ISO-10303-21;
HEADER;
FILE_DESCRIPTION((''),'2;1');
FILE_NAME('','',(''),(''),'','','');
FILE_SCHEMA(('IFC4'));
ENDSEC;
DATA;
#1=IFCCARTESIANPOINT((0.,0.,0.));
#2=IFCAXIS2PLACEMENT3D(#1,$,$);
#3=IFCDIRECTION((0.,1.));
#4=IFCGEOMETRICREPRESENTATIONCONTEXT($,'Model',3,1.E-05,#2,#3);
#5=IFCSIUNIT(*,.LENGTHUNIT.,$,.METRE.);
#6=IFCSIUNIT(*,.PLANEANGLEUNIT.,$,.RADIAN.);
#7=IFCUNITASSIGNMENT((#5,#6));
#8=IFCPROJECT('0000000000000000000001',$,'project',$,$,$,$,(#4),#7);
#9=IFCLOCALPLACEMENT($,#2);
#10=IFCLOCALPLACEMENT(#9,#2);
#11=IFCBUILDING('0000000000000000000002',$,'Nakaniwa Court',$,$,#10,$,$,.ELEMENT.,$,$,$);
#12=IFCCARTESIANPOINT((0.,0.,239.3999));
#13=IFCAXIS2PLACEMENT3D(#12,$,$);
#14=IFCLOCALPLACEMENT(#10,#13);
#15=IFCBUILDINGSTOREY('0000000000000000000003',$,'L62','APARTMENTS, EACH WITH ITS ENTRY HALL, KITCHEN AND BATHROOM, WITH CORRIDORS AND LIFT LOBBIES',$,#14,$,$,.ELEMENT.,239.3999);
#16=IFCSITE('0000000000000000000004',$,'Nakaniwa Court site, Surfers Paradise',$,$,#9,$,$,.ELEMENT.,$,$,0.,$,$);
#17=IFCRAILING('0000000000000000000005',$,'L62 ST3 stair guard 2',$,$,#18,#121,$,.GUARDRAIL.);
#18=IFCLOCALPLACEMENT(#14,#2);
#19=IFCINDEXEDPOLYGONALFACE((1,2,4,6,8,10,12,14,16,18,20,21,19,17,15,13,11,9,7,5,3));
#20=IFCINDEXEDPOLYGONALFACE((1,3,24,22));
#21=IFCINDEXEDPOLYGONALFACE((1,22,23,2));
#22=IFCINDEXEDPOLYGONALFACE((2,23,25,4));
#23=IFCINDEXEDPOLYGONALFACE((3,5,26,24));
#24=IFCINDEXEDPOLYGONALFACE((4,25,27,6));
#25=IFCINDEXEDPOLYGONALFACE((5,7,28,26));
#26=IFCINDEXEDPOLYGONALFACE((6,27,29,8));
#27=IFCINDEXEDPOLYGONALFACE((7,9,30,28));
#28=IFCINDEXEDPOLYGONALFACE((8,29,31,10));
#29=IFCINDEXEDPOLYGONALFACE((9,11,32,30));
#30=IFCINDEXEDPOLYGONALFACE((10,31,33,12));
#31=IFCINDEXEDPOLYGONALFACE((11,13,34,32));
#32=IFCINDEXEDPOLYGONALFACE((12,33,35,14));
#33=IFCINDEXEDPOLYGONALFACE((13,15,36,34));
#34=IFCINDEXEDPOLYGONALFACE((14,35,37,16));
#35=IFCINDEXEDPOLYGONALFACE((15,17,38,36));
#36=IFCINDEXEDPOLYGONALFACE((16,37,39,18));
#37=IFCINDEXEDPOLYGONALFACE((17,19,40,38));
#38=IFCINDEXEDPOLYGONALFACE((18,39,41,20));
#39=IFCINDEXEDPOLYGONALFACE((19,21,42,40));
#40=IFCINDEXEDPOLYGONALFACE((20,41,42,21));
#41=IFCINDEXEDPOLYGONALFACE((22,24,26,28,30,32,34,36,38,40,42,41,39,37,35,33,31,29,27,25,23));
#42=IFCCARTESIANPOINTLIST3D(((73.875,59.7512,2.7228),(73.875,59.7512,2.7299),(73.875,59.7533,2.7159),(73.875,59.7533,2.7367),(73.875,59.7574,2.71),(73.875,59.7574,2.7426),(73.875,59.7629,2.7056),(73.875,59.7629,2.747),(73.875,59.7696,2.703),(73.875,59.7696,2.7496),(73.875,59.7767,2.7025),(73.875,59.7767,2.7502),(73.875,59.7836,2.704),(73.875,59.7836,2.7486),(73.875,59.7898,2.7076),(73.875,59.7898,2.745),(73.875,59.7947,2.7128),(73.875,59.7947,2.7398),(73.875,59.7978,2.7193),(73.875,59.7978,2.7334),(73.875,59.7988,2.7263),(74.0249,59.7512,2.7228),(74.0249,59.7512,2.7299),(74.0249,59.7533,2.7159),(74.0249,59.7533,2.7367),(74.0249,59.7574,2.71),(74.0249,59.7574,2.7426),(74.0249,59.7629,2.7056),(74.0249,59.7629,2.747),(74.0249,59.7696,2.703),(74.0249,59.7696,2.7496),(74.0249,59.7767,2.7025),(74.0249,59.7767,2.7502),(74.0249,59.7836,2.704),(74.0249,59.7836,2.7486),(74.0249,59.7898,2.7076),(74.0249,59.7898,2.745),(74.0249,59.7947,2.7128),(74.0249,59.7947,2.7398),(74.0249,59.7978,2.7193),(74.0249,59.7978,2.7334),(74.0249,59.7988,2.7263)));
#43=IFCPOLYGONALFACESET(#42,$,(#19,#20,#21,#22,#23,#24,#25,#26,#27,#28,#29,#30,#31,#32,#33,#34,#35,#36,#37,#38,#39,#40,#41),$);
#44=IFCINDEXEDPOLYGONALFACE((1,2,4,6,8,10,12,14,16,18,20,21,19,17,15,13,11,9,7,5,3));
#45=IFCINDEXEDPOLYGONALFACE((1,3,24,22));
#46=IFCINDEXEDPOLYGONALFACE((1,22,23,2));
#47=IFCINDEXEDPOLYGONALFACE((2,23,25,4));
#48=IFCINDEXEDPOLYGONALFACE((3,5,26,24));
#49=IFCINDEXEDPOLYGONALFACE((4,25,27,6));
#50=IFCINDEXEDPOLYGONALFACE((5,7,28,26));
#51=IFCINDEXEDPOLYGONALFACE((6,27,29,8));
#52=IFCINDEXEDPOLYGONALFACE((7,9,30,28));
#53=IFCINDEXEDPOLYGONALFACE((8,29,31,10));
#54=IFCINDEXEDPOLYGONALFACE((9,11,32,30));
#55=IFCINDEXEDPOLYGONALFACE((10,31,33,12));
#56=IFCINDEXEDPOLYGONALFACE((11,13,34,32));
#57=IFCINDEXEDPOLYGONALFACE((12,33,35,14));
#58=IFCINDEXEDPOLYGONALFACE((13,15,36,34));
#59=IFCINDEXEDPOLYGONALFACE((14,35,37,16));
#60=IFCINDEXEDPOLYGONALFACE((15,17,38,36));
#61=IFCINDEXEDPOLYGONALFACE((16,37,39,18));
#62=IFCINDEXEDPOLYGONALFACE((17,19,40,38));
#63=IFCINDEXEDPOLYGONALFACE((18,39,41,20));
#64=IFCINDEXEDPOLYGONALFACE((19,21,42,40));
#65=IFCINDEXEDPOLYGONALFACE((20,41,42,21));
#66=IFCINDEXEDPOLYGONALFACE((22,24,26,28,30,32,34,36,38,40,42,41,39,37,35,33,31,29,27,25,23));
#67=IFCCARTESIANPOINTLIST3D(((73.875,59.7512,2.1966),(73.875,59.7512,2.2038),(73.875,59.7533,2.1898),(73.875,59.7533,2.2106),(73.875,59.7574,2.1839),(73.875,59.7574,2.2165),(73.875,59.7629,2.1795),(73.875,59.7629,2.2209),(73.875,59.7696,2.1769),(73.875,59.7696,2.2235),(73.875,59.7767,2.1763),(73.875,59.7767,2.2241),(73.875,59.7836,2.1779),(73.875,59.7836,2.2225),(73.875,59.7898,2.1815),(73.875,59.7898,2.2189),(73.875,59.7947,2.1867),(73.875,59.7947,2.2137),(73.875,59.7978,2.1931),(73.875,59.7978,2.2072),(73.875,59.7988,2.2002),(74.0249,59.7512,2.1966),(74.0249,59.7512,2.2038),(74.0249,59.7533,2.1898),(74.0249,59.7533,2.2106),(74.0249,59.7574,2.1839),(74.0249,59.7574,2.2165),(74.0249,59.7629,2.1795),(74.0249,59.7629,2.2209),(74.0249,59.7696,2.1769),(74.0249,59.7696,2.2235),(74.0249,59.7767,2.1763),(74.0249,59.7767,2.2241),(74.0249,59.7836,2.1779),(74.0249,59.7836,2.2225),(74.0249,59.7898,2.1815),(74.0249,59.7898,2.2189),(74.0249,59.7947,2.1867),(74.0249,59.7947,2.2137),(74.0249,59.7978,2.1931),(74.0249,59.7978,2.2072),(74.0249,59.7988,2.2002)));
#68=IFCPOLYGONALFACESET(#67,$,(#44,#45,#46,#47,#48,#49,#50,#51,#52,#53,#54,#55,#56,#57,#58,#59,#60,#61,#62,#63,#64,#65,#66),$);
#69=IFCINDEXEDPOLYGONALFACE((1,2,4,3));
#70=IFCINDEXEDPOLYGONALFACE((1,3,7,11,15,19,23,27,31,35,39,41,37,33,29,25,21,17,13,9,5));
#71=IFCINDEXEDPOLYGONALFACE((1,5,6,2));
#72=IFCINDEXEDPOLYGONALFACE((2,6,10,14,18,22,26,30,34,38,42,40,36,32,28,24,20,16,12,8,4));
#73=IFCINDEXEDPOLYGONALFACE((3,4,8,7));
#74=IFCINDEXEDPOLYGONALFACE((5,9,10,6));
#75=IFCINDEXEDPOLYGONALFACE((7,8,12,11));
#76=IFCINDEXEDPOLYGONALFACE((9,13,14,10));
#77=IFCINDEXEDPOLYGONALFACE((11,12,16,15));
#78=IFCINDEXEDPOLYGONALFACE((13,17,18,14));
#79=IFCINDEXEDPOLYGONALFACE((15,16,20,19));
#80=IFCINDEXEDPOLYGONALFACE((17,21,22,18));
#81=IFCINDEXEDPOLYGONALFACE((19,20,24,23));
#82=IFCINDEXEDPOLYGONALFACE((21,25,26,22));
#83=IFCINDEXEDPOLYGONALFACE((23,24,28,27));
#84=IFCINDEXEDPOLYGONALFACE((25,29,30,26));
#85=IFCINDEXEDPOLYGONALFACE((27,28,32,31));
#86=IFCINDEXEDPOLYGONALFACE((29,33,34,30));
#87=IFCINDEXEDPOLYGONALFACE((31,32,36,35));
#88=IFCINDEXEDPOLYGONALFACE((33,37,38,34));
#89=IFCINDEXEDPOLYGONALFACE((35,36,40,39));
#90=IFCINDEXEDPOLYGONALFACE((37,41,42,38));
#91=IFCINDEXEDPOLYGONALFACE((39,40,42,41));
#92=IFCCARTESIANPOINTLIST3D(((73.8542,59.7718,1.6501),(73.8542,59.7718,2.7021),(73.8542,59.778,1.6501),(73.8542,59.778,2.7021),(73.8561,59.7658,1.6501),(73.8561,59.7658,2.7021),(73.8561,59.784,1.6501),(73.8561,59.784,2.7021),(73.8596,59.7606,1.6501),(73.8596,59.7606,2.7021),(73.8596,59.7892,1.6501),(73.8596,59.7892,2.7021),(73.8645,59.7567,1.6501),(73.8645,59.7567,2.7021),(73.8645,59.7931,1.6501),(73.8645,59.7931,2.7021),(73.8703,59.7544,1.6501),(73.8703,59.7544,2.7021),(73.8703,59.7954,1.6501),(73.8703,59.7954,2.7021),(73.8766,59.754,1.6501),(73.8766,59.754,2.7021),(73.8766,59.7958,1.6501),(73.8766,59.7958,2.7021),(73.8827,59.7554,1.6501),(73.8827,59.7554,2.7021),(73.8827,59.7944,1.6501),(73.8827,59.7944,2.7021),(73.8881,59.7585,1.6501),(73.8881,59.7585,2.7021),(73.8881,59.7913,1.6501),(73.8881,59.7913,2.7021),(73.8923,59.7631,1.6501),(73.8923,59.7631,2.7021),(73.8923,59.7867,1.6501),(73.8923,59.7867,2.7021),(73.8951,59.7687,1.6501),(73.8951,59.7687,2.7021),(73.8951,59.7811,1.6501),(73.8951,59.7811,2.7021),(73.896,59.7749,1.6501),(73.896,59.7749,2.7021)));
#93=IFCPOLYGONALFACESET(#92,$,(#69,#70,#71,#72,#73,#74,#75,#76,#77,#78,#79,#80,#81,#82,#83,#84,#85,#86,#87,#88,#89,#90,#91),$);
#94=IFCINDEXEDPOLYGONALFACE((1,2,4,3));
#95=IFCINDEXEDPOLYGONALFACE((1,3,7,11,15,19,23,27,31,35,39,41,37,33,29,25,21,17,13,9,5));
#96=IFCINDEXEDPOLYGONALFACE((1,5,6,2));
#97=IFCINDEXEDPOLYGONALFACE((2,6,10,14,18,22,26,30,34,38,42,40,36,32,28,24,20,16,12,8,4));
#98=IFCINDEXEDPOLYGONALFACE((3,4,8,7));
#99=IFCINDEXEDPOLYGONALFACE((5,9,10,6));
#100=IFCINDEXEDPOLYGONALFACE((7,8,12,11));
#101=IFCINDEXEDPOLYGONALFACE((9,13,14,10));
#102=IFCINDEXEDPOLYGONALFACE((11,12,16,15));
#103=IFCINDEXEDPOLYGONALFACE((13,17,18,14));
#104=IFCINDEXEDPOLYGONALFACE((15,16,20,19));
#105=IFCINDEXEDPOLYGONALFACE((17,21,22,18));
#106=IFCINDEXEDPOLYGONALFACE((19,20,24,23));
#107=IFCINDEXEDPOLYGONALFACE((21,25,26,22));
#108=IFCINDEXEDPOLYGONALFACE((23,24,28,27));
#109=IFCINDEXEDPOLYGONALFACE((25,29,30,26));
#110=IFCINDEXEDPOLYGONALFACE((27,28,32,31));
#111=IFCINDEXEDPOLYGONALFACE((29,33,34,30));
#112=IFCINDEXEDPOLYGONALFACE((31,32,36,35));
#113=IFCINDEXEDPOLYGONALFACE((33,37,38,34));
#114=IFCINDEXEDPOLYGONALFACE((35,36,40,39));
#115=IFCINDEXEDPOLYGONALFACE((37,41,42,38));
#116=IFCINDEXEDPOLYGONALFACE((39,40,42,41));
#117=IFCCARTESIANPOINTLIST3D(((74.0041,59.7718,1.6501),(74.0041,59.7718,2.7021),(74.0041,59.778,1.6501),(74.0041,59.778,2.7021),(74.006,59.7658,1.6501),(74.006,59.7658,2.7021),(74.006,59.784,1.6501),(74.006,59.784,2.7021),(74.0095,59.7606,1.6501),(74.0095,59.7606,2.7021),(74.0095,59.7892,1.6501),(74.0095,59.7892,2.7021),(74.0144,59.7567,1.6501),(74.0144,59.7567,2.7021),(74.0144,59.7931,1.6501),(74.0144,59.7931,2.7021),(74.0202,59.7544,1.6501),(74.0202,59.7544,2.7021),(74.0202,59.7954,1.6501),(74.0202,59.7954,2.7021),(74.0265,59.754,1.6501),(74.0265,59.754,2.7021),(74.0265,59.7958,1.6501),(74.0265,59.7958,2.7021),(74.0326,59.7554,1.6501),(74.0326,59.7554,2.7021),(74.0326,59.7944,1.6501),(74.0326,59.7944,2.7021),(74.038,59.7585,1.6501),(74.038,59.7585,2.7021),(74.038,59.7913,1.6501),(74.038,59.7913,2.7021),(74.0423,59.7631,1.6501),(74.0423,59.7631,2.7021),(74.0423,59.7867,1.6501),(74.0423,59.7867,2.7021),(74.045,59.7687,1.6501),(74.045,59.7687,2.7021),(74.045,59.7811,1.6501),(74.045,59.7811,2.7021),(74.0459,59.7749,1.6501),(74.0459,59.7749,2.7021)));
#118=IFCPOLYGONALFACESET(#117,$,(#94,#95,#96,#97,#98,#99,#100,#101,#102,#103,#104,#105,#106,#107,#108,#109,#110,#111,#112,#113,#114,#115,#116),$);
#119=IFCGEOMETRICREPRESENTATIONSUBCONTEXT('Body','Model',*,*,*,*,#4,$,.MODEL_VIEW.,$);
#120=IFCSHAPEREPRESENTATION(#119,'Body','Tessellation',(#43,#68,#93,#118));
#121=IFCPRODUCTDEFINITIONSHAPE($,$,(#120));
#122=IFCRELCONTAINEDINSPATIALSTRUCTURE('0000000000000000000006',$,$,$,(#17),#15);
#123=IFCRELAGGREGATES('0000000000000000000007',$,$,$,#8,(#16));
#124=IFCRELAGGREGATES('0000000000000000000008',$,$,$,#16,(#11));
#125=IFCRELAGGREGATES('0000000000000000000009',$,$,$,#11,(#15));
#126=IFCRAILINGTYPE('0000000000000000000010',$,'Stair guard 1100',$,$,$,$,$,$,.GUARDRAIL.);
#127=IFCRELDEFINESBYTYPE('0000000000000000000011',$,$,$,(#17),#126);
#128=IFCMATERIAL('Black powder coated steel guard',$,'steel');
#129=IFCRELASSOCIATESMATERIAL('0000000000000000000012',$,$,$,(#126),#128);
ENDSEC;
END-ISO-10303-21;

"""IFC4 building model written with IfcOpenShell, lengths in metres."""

from ifc_helpers import new_model, si_unit, direction, frame, origin, origin_2d, place, context, subcontext, project, spatial, circle, extrude, material, type_object, element, save


model = new_model("IFC4")

# Units and contexts
model_context = context("Model", 3, precision=1e-05, world=origin(), true_north=direction((0.0, 1.0)))
body_context = subcontext(model_context, "Body", "Model", "MODEL_VIEW")
ifc_project = project(units=[si_unit("LENGTHUNIT", "METRE"), si_unit("PLANEANGLEUNIT", "RADIAN")], contexts=[model_context])

# Site, building, storey
site_placement = place(None, origin())
site = spatial("IfcSite", under=ifc_project, at=site_placement, Name="Nakaniwa Court site, Surfers Paradise", CompositionType="ELEMENT", RefElevation=0.0)
building_placement = place(site_placement, origin())
building = spatial("IfcBuilding", under=site, at=building_placement, Name="Nakaniwa Court", CompositionType="ELEMENT")
storey_placement = place(building_placement, frame((0.0, 0.0, 239.3999)))
storey = spatial("IfcBuildingStorey", under=building, at=storey_placement, Name="L62", Description="APARTMENTS, EACH WITH ITS ENTRY HALL, KITCHEN AND BATHROOM, WITH CORRIDORS AND LIFT LOBBIES", CompositionType="ELEMENT", Elevation=239.3999)

# Railing
ifc_material_1 = material(Name="Black powder coated steel guard", Category="steel")
railing_type_1 = type_object("IfcRailingType", Name="Stair guard 1100", PredefinedType="GUARDRAIL", material=ifc_material_1)
railing_1_placement = place(storey_placement, frame((73.875, 59.7749, 1.6501)))
element("IfcRailing", 1, at=railing_1_placement, inside=storey, type_object=railing_type_1, Name="L62 ST3 stair guard 2", PredefinedType="GUARDRAIL", context=body_context, shape_type="SweptSolid", body=[
    extrude(circle(Radius=0.0239, at=origin_2d()), frame((0.0, 0.0, 1.0762), z_axis=(1.0, 0.0, 0.0), x_axis=(0.0, 1.0, 0.0)), (0.0, 0.0, 1.0), 0.1499),
    extrude(circle(Radius=0.0239, at=origin_2d()), frame((0.0, 0.0, 0.55), z_axis=(1.0, 0.0, 0.0), x_axis=(0.0, 1.0, 0.0)), (0.0, 0.0, 1.0), 0.1499),
    extrude(circle(Radius=0.021, at=origin_2d()), origin(), (0.0, 0.0, 1.0), 1.052),
    extrude(circle(Radius=0.021, at=origin_2d()), frame((0.1499, 0.0, 0.0)), (0.0, 0.0, 1.0), 1.052),
])

save(model, "model.ifc")
